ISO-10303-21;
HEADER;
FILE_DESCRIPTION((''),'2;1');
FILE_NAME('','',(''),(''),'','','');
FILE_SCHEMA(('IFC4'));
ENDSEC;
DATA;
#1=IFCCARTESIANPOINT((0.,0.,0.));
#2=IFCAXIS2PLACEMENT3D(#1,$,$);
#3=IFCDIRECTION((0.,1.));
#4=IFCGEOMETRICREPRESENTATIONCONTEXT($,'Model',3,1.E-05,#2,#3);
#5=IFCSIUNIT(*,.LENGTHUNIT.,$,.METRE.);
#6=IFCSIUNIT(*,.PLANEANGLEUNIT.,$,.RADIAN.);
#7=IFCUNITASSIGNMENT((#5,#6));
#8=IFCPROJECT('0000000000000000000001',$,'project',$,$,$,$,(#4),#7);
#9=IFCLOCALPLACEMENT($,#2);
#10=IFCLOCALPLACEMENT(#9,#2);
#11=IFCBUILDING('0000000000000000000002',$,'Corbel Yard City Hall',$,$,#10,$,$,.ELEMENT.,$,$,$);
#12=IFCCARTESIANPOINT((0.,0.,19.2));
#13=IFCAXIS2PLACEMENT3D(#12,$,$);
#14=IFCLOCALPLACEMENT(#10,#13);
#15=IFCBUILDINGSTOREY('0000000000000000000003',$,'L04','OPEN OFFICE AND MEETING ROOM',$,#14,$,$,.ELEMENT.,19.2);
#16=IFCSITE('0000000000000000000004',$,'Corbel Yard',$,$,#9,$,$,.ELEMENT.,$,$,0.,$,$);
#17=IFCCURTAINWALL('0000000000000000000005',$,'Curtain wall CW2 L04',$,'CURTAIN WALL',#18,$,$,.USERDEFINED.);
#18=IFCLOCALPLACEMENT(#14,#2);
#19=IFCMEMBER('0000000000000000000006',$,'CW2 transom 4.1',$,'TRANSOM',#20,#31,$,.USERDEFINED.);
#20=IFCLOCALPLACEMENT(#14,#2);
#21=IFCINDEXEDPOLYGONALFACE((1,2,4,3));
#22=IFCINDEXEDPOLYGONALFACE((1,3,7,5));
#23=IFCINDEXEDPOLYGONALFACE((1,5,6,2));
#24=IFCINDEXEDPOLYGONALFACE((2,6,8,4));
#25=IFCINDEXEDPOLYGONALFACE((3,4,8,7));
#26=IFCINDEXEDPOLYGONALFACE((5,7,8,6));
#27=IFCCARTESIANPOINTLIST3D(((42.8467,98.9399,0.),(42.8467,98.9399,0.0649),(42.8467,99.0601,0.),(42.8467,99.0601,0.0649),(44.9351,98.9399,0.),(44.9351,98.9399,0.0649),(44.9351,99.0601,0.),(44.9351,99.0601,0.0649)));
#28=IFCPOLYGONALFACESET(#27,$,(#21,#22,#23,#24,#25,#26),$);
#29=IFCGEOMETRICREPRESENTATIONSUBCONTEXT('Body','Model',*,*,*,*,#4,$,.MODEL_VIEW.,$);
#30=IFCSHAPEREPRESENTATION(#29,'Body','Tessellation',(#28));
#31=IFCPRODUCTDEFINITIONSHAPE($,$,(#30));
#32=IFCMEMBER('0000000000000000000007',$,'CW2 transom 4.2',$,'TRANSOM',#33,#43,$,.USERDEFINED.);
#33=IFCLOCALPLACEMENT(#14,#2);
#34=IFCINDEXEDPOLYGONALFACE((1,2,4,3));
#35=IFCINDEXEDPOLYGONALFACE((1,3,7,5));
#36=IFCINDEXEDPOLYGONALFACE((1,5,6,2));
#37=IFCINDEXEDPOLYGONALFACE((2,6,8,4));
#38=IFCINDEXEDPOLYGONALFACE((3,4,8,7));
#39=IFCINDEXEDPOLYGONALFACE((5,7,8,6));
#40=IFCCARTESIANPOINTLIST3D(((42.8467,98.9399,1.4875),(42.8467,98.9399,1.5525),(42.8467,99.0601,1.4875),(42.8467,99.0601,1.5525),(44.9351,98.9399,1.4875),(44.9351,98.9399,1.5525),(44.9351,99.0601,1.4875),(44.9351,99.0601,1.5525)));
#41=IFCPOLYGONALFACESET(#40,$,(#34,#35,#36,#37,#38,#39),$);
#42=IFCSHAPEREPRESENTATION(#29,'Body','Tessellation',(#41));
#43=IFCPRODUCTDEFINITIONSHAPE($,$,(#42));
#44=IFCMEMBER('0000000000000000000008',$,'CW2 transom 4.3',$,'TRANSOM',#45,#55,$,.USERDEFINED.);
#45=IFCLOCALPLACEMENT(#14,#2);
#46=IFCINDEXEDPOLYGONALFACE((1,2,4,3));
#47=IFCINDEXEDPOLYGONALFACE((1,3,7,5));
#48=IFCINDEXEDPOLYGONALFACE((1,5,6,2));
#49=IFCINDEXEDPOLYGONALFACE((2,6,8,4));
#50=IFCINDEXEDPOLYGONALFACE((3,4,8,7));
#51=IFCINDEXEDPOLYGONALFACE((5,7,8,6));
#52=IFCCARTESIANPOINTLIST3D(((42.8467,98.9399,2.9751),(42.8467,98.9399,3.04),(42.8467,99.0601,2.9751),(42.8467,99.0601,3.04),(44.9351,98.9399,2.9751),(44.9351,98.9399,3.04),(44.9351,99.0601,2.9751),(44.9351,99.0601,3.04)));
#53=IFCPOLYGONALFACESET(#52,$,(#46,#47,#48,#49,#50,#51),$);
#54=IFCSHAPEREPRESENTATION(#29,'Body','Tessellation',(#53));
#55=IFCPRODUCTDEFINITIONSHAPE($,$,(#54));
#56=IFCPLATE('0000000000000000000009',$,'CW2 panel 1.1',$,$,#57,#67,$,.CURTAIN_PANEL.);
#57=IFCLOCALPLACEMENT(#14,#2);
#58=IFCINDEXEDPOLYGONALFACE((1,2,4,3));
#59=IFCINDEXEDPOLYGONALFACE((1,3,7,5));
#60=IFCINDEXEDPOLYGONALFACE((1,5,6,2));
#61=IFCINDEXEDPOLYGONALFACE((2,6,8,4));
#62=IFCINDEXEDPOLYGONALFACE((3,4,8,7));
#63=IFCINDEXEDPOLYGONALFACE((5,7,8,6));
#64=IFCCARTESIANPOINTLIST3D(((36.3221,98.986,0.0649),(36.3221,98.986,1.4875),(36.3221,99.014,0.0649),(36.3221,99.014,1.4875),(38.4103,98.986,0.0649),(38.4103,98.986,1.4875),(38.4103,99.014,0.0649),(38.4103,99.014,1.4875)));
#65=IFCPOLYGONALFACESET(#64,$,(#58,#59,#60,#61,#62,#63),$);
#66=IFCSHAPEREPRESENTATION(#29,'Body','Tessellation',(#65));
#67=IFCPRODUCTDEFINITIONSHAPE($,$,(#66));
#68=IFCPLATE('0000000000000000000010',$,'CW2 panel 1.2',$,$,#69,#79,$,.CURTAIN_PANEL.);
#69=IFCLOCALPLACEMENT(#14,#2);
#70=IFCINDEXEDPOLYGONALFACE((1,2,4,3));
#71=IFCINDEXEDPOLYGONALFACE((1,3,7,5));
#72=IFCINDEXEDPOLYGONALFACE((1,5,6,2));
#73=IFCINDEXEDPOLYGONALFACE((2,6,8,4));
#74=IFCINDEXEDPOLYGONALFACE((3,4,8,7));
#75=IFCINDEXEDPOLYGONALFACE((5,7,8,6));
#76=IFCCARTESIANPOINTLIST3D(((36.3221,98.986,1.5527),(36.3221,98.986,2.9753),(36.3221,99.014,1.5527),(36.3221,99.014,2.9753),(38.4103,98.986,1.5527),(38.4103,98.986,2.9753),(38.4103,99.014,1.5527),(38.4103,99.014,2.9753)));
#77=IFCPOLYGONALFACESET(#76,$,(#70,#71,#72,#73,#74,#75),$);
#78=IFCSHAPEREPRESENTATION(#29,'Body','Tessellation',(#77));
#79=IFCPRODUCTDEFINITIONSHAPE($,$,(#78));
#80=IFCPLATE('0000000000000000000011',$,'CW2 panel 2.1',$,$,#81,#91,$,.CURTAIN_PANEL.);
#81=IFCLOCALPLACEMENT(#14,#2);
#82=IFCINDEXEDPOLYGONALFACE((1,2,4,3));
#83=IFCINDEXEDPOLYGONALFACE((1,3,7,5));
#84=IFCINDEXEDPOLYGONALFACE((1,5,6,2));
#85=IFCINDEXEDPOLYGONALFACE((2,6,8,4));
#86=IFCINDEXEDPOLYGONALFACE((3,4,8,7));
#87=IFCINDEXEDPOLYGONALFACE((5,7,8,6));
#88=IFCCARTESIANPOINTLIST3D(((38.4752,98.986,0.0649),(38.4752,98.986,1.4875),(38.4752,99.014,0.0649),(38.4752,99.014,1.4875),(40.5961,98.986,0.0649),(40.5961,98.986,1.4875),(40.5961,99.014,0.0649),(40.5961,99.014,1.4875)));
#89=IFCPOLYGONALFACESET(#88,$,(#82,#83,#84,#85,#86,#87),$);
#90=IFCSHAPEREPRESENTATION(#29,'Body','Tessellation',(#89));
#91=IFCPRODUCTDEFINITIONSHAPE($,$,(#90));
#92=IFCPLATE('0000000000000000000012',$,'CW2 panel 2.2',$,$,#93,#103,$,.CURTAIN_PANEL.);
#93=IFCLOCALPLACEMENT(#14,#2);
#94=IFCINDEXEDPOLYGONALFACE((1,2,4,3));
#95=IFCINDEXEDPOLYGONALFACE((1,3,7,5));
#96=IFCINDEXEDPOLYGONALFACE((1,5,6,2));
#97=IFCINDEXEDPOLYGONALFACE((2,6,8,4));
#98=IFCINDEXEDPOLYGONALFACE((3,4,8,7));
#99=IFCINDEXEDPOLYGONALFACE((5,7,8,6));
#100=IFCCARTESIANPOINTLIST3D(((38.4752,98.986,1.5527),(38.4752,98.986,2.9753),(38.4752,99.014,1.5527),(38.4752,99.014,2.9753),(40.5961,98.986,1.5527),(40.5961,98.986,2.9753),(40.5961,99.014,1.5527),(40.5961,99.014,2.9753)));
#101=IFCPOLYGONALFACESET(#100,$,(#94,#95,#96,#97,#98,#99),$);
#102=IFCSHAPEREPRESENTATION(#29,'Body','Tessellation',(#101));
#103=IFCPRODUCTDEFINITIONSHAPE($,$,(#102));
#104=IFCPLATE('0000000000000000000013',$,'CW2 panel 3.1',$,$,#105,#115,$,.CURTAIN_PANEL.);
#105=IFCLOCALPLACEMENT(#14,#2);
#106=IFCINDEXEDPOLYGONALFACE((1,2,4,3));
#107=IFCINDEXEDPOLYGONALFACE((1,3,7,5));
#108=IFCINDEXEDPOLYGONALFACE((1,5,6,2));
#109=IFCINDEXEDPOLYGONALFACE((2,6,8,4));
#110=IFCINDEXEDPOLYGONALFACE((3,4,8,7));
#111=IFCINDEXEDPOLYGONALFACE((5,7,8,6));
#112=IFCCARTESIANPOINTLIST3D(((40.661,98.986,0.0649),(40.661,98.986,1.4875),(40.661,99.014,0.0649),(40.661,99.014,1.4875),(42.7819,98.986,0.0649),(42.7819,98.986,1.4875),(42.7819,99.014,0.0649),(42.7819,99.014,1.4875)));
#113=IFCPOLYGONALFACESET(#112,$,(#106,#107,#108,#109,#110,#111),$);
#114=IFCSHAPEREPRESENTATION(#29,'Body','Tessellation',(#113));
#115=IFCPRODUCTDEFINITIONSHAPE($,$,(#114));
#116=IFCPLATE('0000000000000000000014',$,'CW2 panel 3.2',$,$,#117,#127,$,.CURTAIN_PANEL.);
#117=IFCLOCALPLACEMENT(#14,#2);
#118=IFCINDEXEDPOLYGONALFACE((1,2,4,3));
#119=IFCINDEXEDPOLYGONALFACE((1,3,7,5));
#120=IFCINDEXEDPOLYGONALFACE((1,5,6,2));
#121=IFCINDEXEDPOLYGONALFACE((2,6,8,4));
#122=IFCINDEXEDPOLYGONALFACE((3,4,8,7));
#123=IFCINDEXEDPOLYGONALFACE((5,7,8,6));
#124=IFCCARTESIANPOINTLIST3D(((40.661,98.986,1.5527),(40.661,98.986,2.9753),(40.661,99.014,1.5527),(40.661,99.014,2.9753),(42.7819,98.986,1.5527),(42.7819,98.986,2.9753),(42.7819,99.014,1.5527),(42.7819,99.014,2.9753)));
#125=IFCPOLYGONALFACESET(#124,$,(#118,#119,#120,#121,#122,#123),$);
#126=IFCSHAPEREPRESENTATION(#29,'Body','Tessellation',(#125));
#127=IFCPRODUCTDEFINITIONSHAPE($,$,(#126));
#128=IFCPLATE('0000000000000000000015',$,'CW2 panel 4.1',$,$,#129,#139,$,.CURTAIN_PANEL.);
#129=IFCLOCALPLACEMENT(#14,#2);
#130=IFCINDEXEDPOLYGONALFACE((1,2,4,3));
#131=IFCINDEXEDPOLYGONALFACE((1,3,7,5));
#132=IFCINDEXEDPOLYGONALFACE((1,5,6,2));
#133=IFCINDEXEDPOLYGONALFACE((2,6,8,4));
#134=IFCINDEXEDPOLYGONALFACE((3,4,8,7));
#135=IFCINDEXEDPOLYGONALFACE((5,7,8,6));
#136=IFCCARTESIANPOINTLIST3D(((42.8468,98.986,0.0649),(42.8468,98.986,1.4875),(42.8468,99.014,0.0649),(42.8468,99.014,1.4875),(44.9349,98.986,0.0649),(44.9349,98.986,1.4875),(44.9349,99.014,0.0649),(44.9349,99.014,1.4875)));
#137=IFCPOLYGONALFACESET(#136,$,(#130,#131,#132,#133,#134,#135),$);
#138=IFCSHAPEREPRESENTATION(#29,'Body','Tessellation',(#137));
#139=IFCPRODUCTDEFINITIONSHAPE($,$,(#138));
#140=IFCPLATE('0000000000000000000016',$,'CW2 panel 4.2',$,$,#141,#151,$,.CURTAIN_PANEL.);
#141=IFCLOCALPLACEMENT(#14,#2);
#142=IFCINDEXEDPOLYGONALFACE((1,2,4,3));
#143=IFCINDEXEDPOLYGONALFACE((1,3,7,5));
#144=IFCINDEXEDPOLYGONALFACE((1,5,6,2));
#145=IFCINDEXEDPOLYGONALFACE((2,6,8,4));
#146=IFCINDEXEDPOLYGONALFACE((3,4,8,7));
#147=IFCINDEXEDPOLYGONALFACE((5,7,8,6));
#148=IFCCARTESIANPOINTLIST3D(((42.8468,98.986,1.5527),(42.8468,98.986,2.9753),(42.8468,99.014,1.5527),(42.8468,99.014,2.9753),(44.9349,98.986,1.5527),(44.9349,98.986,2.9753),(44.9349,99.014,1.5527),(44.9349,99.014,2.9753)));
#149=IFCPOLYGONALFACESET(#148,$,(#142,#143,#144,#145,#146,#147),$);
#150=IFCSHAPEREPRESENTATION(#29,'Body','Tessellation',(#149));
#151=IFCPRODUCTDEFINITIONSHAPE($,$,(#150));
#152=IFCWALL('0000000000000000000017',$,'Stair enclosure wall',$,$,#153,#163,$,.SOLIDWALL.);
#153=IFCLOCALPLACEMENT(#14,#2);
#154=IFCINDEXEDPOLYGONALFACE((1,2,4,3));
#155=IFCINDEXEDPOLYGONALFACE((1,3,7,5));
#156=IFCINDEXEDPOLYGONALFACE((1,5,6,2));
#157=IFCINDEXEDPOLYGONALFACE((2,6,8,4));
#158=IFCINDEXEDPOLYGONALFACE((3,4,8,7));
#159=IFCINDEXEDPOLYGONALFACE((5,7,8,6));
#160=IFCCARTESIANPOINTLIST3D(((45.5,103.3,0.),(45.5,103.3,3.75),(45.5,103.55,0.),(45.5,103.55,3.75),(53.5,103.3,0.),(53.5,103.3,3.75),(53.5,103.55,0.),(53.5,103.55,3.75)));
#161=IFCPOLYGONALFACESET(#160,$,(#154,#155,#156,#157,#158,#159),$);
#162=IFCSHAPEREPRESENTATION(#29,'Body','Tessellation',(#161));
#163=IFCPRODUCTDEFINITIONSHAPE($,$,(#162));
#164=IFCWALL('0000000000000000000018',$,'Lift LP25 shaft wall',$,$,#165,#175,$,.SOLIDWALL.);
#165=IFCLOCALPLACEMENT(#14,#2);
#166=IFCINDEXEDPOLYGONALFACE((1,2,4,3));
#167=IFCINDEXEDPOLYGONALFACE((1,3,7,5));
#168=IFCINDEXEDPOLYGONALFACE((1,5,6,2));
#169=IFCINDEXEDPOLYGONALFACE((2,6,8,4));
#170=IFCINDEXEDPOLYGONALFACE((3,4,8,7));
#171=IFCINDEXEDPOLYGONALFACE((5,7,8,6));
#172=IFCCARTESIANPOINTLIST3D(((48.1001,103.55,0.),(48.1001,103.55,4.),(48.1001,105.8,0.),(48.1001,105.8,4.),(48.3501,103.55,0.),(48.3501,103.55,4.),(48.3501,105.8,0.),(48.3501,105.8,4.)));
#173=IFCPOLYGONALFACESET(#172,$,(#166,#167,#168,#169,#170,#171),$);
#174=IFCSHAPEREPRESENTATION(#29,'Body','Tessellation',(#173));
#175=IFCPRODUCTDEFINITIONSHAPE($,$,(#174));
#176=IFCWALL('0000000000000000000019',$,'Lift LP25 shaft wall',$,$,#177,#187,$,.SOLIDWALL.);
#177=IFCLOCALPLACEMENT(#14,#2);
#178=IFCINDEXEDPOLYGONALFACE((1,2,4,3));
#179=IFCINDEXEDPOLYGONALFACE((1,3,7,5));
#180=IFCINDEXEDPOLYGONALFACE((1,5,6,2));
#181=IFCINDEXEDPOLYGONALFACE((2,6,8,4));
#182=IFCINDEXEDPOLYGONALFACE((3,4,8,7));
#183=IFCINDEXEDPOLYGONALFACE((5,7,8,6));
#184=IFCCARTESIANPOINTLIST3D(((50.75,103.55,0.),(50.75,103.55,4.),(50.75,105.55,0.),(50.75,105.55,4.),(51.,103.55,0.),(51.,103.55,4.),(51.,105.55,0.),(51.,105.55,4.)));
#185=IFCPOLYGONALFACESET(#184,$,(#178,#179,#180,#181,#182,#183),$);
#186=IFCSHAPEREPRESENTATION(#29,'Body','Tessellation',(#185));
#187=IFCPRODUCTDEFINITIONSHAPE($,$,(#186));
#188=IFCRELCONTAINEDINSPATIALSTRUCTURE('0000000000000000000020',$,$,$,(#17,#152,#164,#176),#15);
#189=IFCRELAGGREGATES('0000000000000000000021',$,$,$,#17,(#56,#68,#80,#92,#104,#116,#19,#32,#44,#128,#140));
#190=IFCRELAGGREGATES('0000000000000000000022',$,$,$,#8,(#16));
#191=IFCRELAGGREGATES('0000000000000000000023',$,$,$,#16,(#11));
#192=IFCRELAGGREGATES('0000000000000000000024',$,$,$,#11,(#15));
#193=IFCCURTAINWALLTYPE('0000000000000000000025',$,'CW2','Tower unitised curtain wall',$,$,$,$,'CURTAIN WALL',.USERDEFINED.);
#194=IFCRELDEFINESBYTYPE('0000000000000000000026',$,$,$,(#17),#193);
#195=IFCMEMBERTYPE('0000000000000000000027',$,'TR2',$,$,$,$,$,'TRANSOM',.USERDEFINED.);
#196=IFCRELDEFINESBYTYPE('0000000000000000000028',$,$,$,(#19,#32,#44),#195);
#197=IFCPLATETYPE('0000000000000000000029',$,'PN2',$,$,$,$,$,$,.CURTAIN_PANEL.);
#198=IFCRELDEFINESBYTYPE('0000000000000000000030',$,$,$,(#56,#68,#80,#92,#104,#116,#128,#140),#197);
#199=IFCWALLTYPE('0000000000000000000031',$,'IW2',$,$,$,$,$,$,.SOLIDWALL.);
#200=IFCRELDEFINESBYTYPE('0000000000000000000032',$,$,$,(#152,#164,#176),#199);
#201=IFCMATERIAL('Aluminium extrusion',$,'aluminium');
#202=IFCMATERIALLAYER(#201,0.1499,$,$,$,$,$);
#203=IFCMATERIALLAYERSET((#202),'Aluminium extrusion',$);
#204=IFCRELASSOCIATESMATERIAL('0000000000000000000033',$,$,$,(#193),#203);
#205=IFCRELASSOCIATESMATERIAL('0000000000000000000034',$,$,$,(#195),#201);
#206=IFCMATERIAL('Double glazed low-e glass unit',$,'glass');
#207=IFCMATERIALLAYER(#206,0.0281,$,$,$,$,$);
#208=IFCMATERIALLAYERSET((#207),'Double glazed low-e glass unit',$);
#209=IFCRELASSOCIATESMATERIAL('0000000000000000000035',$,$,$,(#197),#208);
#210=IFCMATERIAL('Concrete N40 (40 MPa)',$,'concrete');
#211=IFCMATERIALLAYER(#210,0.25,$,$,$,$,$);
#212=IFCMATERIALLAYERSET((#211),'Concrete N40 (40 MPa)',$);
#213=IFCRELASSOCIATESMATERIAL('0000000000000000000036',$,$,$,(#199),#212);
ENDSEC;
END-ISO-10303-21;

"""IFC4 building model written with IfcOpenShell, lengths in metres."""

from ifc_helpers import new_model, si_unit, direction, frame, frame_2d, origin, origin_2d, place, context, subcontext, project, spatial, rectangle, extrude, material, layer, layer_set, material_profile, profile_set, type_object, element, aggregate, save


model = new_model("IFC4")

# Units and contexts
model_context = context("Model", 3, precision=1e-05, world=origin(), true_north=direction((0.0, 1.0)))
body_context = subcontext(model_context, "Body", "Model", "MODEL_VIEW")
ifc_project = project(units=[si_unit("LENGTHUNIT", "METRE"), si_unit("PLANEANGLEUNIT", "RADIAN")], contexts=[model_context])

# Site, building, storey
site_placement = place(None, origin())
site = spatial("IfcSite", under=ifc_project, at=site_placement, Name="Corbel Yard", CompositionType="ELEMENT", RefElevation=0.0)
building_placement = place(site_placement, origin())
building = spatial("IfcBuilding", under=site, at=building_placement, Name="Corbel Yard City Hall", CompositionType="ELEMENT")
storey_placement = place(building_placement, frame((0.0, 0.0, 19.2)))
storey = spatial("IfcBuildingStorey", under=building, at=storey_placement, Name="L04", Description="OPEN OFFICE AND MEETING ROOM", CompositionType="ELEMENT", Elevation=19.2)

# Curtain wall, members, plates
ifc_material_1 = material(Name="Aluminium extrusion", Category="aluminium")
ifc_layer_1 = layer(ifc_material_1, 0.1499)
ifc_layer_set_1 = layer_set([ifc_layer_1], Name="Aluminium extrusion")
curtain_wall_type = type_object("IfcCurtainWallType", Name="CW2", Description="Tower unitised curtain wall", ElementType="CURTAIN WALL", PredefinedType="USERDEFINED", material=ifc_layer_set_1)
curtain_wall_placement = place(storey_placement, origin())
curtain_wall = element("IfcCurtainWall", 1, at=curtain_wall_placement, inside=storey, type_object=curtain_wall_type, Name="Curtain wall CW2 L04", ObjectType="CURTAIN WALL", PredefinedType="USERDEFINED")
ifc_material_profile_1 = material_profile(ifc_material_1, rectangle(XDim=0.1201, YDim=0.0649, at=origin_2d()), Name="120x65")
ifc_profile_set_1 = profile_set([ifc_material_profile_1], Name="Aluminium extrusion")
member_type_1 = type_object("IfcMemberType", Name="TR2", ElementType="TRANSOM", PredefinedType="USERDEFINED", material=ifc_profile_set_1)
member_1_placement = place(storey_placement, frame((42.8467, 99.0, 0.0325), z_axis=(1.0, 0.0, 0.0), x_axis=(0.0, 1.0, 0.0)))
member_1 = element("IfcMember", 2, at=member_1_placement, type_object=member_type_1, Name="CW2 transom 4.1", ObjectType="TRANSOM", PredefinedType="USERDEFINED", context=body_context, shape_type="SweptSolid", body=[
    extrude(rectangle(XDim=0.1201, YDim=0.0649, at=origin_2d()), origin(), (0.0, 0.0, 1.0), 2.0884),
])
member_2_placement = place(storey_placement, frame((42.8467, 99.0, 1.52), z_axis=(1.0, 0.0, 0.0), x_axis=(0.0, 1.0, 0.0)))
member_2 = element("IfcMember", 3, at=member_2_placement, type_object=member_type_1, Name="CW2 transom 4.2", ObjectType="TRANSOM", PredefinedType="USERDEFINED", context=body_context, shape_type="SweptSolid", body=[
    extrude(rectangle(XDim=0.1201, YDim=0.0649, at=origin_2d()), origin(), (0.0, 0.0, 1.0), 2.0884),
])
member_3_placement = place(storey_placement, frame((42.8467, 99.0, 3.0076), z_axis=(1.0, 0.0, 0.0), x_axis=(0.0, 1.0, 0.0)))
member_3 = element("IfcMember", 4, at=member_3_placement, type_object=member_type_1, Name="CW2 transom 4.3", ObjectType="TRANSOM", PredefinedType="USERDEFINED", context=body_context, shape_type="SweptSolid", body=[
    extrude(rectangle(XDim=0.1201, YDim=0.0649, at=origin_2d()), origin(), (0.0, 0.0, 1.0), 2.0884),
])
ifc_material_2 = material(Name="Double glazed low-e glass unit", Category="glass")
ifc_layer_2 = layer(ifc_material_2, 0.0281)
ifc_layer_set_2 = layer_set([ifc_layer_2], Name="Double glazed low-e glass unit")
plate_type = type_object("IfcPlateType", Name="PN2", PredefinedType="CURTAIN_PANEL", material=ifc_layer_set_2)
plate_1_placement = place(storey_placement, frame((37.3662, 99.0, 0.0649), z_axis=(0.0, 0.0, 1.0), x_axis=(1.0, 0.0, 0.0)))
plate_1 = element("IfcPlate", 5, at=plate_1_placement, type_object=plate_type, Name="CW2 panel 1.1", PredefinedType="CURTAIN_PANEL", context=body_context, shape_type="SweptSolid", body=[
    extrude(rectangle(XDim=2.0881, YDim=0.0281, at=origin_2d()), origin(), (0.0, 0.0, 1.0), 1.4226),
])
plate_2_placement = place(storey_placement, frame((37.3662, 99.0, 1.5527), z_axis=(0.0, 0.0, 1.0), x_axis=(1.0, 0.0, 0.0)))
plate_2 = element("IfcPlate", 6, at=plate_2_placement, type_object=plate_type, Name="CW2 panel 1.2", PredefinedType="CURTAIN_PANEL", context=body_context, shape_type="SweptSolid", body=[
    extrude(rectangle(XDim=2.0881, YDim=0.0281, at=origin_2d()), origin(), (0.0, 0.0, 1.0), 1.4226),
])
plate_3_placement = place(storey_placement, frame((39.5356, 99.0, 0.0649), z_axis=(0.0, 0.0, 1.0), x_axis=(1.0, 0.0, 0.0)))
plate_3 = element("IfcPlate", 7, at=plate_3_placement, type_object=plate_type, Name="CW2 panel 2.1", PredefinedType="CURTAIN_PANEL", context=body_context, shape_type="SweptSolid", body=[
    extrude(rectangle(XDim=2.1208, YDim=0.0281, at=origin_2d()), origin(), (0.0, 0.0, 1.0), 1.4226),
])
plate_4_placement = place(storey_placement, frame((39.5356, 99.0, 1.5527), z_axis=(0.0, 0.0, 1.0), x_axis=(1.0, 0.0, 0.0)))
plate_4 = element("IfcPlate", 8, at=plate_4_placement, type_object=plate_type, Name="CW2 panel 2.2", PredefinedType="CURTAIN_PANEL", context=body_context, shape_type="SweptSolid", body=[
    extrude(rectangle(XDim=2.1208, YDim=0.0281, at=origin_2d()), origin(), (0.0, 0.0, 1.0), 1.4226),
])
plate_5_placement = place(storey_placement, frame((41.7214, 99.0, 0.0649), z_axis=(0.0, 0.0, 1.0), x_axis=(1.0, 0.0, 0.0)))
plate_5 = element("IfcPlate", 9, at=plate_5_placement, type_object=plate_type, Name="CW2 panel 3.1", PredefinedType="CURTAIN_PANEL", context=body_context, shape_type="SweptSolid", body=[
    extrude(rectangle(XDim=2.1208, YDim=0.0281, at=origin_2d()), origin(), (0.0, 0.0, 1.0), 1.4226),
])
plate_6_placement = place(storey_placement, frame((41.7214, 99.0, 1.5527), z_axis=(0.0, 0.0, 1.0), x_axis=(1.0, 0.0, 0.0)))
plate_6 = element("IfcPlate", 10, at=plate_6_placement, type_object=plate_type, Name="CW2 panel 3.2", PredefinedType="CURTAIN_PANEL", context=body_context, shape_type="SweptSolid", body=[
    extrude(rectangle(XDim=2.1208, YDim=0.0281, at=origin_2d()), origin(), (0.0, 0.0, 1.0), 1.4226),
])
plate_7_placement = place(storey_placement, frame((43.8909, 99.0, 0.0649), z_axis=(0.0, 0.0, 1.0), x_axis=(1.0, 0.0, 0.0)))
plate_7 = element("IfcPlate", 11, at=plate_7_placement, type_object=plate_type, Name="CW2 panel 4.1", PredefinedType="CURTAIN_PANEL", context=body_context, shape_type="SweptSolid", body=[
    extrude(rectangle(XDim=2.0881, YDim=0.0281, at=origin_2d()), origin(), (0.0, 0.0, 1.0), 1.4226),
])
plate_8_placement = place(storey_placement, frame((43.8909, 99.0, 1.5527), z_axis=(0.0, 0.0, 1.0), x_axis=(1.0, 0.0, 0.0)))
plate_8 = element("IfcPlate", 12, at=plate_8_placement, type_object=plate_type, Name="CW2 panel 4.2", PredefinedType="CURTAIN_PANEL", context=body_context, shape_type="SweptSolid", body=[
    extrude(rectangle(XDim=2.0881, YDim=0.0281, at=origin_2d()), origin(), (0.0, 0.0, 1.0), 1.4226),
])
aggregate(curtain_wall, [plate_1, plate_2, plate_3, plate_4, plate_5, plate_6, member_1, member_2, member_3, plate_7, plate_8])

# Walls
ifc_material_3 = material(Name="Concrete N40 (40 MPa)", Category="concrete")
ifc_layer_3 = layer(ifc_material_3, 0.25)
ifc_layer_set_3 = layer_set([ifc_layer_3], Name="Concrete N40 (40 MPa)")
wall_type_1 = type_object("IfcWallType", Name="IW2", PredefinedType="SOLIDWALL", material=ifc_layer_set_3)
wall_1_placement = place(storey_placement, frame((45.5, 103.425, 0.0), z_axis=(0.0, 0.0, 1.0), x_axis=(1.0, 0.0, 0.0)))
element("IfcWall", 13, at=wall_1_placement, inside=storey, type_object=wall_type_1, Name="Stair enclosure wall", PredefinedType="SOLIDWALL", context=body_context, shape_type="SweptSolid", body=[
    extrude(rectangle(XDim=8.0, YDim=0.25, at=frame_2d((4.0, 0.0))), origin(), (0.0, 0.0, 1.0), 3.75),
])
wall_2_placement = place(storey_placement, frame((48.2251, 103.55, 0.0), z_axis=(0.0, 0.0, 1.0), x_axis=(0.0, 1.0, 0.0)))
element("IfcWall", 14, at=wall_2_placement, inside=storey, type_object=wall_type_1, Name="Lift LP25 shaft wall", PredefinedType="SOLIDWALL", context=body_context, shape_type="SweptSolid", body=[
    extrude(rectangle(XDim=2.25, YDim=0.25, at=frame_2d((1.125, 0.0))), origin(), (0.0, 0.0, 1.0), 4.0),
])
wall_3_placement = place(storey_placement, frame((50.875, 103.55, 0.0), z_axis=(0.0, 0.0, 1.0), x_axis=(0.0, 1.0, 0.0)))
element("IfcWall", 15, at=wall_3_placement, inside=storey, type_object=wall_type_1, Name="Lift LP25 shaft wall", PredefinedType="SOLIDWALL", context=body_context, shape_type="SweptSolid", body=[
    extrude(rectangle(XDim=2.0, YDim=0.25, at=frame_2d((1.0, 0.0))), origin(), (0.0, 0.0, 1.0), 4.0),
])

save(model, "model.ifc")
